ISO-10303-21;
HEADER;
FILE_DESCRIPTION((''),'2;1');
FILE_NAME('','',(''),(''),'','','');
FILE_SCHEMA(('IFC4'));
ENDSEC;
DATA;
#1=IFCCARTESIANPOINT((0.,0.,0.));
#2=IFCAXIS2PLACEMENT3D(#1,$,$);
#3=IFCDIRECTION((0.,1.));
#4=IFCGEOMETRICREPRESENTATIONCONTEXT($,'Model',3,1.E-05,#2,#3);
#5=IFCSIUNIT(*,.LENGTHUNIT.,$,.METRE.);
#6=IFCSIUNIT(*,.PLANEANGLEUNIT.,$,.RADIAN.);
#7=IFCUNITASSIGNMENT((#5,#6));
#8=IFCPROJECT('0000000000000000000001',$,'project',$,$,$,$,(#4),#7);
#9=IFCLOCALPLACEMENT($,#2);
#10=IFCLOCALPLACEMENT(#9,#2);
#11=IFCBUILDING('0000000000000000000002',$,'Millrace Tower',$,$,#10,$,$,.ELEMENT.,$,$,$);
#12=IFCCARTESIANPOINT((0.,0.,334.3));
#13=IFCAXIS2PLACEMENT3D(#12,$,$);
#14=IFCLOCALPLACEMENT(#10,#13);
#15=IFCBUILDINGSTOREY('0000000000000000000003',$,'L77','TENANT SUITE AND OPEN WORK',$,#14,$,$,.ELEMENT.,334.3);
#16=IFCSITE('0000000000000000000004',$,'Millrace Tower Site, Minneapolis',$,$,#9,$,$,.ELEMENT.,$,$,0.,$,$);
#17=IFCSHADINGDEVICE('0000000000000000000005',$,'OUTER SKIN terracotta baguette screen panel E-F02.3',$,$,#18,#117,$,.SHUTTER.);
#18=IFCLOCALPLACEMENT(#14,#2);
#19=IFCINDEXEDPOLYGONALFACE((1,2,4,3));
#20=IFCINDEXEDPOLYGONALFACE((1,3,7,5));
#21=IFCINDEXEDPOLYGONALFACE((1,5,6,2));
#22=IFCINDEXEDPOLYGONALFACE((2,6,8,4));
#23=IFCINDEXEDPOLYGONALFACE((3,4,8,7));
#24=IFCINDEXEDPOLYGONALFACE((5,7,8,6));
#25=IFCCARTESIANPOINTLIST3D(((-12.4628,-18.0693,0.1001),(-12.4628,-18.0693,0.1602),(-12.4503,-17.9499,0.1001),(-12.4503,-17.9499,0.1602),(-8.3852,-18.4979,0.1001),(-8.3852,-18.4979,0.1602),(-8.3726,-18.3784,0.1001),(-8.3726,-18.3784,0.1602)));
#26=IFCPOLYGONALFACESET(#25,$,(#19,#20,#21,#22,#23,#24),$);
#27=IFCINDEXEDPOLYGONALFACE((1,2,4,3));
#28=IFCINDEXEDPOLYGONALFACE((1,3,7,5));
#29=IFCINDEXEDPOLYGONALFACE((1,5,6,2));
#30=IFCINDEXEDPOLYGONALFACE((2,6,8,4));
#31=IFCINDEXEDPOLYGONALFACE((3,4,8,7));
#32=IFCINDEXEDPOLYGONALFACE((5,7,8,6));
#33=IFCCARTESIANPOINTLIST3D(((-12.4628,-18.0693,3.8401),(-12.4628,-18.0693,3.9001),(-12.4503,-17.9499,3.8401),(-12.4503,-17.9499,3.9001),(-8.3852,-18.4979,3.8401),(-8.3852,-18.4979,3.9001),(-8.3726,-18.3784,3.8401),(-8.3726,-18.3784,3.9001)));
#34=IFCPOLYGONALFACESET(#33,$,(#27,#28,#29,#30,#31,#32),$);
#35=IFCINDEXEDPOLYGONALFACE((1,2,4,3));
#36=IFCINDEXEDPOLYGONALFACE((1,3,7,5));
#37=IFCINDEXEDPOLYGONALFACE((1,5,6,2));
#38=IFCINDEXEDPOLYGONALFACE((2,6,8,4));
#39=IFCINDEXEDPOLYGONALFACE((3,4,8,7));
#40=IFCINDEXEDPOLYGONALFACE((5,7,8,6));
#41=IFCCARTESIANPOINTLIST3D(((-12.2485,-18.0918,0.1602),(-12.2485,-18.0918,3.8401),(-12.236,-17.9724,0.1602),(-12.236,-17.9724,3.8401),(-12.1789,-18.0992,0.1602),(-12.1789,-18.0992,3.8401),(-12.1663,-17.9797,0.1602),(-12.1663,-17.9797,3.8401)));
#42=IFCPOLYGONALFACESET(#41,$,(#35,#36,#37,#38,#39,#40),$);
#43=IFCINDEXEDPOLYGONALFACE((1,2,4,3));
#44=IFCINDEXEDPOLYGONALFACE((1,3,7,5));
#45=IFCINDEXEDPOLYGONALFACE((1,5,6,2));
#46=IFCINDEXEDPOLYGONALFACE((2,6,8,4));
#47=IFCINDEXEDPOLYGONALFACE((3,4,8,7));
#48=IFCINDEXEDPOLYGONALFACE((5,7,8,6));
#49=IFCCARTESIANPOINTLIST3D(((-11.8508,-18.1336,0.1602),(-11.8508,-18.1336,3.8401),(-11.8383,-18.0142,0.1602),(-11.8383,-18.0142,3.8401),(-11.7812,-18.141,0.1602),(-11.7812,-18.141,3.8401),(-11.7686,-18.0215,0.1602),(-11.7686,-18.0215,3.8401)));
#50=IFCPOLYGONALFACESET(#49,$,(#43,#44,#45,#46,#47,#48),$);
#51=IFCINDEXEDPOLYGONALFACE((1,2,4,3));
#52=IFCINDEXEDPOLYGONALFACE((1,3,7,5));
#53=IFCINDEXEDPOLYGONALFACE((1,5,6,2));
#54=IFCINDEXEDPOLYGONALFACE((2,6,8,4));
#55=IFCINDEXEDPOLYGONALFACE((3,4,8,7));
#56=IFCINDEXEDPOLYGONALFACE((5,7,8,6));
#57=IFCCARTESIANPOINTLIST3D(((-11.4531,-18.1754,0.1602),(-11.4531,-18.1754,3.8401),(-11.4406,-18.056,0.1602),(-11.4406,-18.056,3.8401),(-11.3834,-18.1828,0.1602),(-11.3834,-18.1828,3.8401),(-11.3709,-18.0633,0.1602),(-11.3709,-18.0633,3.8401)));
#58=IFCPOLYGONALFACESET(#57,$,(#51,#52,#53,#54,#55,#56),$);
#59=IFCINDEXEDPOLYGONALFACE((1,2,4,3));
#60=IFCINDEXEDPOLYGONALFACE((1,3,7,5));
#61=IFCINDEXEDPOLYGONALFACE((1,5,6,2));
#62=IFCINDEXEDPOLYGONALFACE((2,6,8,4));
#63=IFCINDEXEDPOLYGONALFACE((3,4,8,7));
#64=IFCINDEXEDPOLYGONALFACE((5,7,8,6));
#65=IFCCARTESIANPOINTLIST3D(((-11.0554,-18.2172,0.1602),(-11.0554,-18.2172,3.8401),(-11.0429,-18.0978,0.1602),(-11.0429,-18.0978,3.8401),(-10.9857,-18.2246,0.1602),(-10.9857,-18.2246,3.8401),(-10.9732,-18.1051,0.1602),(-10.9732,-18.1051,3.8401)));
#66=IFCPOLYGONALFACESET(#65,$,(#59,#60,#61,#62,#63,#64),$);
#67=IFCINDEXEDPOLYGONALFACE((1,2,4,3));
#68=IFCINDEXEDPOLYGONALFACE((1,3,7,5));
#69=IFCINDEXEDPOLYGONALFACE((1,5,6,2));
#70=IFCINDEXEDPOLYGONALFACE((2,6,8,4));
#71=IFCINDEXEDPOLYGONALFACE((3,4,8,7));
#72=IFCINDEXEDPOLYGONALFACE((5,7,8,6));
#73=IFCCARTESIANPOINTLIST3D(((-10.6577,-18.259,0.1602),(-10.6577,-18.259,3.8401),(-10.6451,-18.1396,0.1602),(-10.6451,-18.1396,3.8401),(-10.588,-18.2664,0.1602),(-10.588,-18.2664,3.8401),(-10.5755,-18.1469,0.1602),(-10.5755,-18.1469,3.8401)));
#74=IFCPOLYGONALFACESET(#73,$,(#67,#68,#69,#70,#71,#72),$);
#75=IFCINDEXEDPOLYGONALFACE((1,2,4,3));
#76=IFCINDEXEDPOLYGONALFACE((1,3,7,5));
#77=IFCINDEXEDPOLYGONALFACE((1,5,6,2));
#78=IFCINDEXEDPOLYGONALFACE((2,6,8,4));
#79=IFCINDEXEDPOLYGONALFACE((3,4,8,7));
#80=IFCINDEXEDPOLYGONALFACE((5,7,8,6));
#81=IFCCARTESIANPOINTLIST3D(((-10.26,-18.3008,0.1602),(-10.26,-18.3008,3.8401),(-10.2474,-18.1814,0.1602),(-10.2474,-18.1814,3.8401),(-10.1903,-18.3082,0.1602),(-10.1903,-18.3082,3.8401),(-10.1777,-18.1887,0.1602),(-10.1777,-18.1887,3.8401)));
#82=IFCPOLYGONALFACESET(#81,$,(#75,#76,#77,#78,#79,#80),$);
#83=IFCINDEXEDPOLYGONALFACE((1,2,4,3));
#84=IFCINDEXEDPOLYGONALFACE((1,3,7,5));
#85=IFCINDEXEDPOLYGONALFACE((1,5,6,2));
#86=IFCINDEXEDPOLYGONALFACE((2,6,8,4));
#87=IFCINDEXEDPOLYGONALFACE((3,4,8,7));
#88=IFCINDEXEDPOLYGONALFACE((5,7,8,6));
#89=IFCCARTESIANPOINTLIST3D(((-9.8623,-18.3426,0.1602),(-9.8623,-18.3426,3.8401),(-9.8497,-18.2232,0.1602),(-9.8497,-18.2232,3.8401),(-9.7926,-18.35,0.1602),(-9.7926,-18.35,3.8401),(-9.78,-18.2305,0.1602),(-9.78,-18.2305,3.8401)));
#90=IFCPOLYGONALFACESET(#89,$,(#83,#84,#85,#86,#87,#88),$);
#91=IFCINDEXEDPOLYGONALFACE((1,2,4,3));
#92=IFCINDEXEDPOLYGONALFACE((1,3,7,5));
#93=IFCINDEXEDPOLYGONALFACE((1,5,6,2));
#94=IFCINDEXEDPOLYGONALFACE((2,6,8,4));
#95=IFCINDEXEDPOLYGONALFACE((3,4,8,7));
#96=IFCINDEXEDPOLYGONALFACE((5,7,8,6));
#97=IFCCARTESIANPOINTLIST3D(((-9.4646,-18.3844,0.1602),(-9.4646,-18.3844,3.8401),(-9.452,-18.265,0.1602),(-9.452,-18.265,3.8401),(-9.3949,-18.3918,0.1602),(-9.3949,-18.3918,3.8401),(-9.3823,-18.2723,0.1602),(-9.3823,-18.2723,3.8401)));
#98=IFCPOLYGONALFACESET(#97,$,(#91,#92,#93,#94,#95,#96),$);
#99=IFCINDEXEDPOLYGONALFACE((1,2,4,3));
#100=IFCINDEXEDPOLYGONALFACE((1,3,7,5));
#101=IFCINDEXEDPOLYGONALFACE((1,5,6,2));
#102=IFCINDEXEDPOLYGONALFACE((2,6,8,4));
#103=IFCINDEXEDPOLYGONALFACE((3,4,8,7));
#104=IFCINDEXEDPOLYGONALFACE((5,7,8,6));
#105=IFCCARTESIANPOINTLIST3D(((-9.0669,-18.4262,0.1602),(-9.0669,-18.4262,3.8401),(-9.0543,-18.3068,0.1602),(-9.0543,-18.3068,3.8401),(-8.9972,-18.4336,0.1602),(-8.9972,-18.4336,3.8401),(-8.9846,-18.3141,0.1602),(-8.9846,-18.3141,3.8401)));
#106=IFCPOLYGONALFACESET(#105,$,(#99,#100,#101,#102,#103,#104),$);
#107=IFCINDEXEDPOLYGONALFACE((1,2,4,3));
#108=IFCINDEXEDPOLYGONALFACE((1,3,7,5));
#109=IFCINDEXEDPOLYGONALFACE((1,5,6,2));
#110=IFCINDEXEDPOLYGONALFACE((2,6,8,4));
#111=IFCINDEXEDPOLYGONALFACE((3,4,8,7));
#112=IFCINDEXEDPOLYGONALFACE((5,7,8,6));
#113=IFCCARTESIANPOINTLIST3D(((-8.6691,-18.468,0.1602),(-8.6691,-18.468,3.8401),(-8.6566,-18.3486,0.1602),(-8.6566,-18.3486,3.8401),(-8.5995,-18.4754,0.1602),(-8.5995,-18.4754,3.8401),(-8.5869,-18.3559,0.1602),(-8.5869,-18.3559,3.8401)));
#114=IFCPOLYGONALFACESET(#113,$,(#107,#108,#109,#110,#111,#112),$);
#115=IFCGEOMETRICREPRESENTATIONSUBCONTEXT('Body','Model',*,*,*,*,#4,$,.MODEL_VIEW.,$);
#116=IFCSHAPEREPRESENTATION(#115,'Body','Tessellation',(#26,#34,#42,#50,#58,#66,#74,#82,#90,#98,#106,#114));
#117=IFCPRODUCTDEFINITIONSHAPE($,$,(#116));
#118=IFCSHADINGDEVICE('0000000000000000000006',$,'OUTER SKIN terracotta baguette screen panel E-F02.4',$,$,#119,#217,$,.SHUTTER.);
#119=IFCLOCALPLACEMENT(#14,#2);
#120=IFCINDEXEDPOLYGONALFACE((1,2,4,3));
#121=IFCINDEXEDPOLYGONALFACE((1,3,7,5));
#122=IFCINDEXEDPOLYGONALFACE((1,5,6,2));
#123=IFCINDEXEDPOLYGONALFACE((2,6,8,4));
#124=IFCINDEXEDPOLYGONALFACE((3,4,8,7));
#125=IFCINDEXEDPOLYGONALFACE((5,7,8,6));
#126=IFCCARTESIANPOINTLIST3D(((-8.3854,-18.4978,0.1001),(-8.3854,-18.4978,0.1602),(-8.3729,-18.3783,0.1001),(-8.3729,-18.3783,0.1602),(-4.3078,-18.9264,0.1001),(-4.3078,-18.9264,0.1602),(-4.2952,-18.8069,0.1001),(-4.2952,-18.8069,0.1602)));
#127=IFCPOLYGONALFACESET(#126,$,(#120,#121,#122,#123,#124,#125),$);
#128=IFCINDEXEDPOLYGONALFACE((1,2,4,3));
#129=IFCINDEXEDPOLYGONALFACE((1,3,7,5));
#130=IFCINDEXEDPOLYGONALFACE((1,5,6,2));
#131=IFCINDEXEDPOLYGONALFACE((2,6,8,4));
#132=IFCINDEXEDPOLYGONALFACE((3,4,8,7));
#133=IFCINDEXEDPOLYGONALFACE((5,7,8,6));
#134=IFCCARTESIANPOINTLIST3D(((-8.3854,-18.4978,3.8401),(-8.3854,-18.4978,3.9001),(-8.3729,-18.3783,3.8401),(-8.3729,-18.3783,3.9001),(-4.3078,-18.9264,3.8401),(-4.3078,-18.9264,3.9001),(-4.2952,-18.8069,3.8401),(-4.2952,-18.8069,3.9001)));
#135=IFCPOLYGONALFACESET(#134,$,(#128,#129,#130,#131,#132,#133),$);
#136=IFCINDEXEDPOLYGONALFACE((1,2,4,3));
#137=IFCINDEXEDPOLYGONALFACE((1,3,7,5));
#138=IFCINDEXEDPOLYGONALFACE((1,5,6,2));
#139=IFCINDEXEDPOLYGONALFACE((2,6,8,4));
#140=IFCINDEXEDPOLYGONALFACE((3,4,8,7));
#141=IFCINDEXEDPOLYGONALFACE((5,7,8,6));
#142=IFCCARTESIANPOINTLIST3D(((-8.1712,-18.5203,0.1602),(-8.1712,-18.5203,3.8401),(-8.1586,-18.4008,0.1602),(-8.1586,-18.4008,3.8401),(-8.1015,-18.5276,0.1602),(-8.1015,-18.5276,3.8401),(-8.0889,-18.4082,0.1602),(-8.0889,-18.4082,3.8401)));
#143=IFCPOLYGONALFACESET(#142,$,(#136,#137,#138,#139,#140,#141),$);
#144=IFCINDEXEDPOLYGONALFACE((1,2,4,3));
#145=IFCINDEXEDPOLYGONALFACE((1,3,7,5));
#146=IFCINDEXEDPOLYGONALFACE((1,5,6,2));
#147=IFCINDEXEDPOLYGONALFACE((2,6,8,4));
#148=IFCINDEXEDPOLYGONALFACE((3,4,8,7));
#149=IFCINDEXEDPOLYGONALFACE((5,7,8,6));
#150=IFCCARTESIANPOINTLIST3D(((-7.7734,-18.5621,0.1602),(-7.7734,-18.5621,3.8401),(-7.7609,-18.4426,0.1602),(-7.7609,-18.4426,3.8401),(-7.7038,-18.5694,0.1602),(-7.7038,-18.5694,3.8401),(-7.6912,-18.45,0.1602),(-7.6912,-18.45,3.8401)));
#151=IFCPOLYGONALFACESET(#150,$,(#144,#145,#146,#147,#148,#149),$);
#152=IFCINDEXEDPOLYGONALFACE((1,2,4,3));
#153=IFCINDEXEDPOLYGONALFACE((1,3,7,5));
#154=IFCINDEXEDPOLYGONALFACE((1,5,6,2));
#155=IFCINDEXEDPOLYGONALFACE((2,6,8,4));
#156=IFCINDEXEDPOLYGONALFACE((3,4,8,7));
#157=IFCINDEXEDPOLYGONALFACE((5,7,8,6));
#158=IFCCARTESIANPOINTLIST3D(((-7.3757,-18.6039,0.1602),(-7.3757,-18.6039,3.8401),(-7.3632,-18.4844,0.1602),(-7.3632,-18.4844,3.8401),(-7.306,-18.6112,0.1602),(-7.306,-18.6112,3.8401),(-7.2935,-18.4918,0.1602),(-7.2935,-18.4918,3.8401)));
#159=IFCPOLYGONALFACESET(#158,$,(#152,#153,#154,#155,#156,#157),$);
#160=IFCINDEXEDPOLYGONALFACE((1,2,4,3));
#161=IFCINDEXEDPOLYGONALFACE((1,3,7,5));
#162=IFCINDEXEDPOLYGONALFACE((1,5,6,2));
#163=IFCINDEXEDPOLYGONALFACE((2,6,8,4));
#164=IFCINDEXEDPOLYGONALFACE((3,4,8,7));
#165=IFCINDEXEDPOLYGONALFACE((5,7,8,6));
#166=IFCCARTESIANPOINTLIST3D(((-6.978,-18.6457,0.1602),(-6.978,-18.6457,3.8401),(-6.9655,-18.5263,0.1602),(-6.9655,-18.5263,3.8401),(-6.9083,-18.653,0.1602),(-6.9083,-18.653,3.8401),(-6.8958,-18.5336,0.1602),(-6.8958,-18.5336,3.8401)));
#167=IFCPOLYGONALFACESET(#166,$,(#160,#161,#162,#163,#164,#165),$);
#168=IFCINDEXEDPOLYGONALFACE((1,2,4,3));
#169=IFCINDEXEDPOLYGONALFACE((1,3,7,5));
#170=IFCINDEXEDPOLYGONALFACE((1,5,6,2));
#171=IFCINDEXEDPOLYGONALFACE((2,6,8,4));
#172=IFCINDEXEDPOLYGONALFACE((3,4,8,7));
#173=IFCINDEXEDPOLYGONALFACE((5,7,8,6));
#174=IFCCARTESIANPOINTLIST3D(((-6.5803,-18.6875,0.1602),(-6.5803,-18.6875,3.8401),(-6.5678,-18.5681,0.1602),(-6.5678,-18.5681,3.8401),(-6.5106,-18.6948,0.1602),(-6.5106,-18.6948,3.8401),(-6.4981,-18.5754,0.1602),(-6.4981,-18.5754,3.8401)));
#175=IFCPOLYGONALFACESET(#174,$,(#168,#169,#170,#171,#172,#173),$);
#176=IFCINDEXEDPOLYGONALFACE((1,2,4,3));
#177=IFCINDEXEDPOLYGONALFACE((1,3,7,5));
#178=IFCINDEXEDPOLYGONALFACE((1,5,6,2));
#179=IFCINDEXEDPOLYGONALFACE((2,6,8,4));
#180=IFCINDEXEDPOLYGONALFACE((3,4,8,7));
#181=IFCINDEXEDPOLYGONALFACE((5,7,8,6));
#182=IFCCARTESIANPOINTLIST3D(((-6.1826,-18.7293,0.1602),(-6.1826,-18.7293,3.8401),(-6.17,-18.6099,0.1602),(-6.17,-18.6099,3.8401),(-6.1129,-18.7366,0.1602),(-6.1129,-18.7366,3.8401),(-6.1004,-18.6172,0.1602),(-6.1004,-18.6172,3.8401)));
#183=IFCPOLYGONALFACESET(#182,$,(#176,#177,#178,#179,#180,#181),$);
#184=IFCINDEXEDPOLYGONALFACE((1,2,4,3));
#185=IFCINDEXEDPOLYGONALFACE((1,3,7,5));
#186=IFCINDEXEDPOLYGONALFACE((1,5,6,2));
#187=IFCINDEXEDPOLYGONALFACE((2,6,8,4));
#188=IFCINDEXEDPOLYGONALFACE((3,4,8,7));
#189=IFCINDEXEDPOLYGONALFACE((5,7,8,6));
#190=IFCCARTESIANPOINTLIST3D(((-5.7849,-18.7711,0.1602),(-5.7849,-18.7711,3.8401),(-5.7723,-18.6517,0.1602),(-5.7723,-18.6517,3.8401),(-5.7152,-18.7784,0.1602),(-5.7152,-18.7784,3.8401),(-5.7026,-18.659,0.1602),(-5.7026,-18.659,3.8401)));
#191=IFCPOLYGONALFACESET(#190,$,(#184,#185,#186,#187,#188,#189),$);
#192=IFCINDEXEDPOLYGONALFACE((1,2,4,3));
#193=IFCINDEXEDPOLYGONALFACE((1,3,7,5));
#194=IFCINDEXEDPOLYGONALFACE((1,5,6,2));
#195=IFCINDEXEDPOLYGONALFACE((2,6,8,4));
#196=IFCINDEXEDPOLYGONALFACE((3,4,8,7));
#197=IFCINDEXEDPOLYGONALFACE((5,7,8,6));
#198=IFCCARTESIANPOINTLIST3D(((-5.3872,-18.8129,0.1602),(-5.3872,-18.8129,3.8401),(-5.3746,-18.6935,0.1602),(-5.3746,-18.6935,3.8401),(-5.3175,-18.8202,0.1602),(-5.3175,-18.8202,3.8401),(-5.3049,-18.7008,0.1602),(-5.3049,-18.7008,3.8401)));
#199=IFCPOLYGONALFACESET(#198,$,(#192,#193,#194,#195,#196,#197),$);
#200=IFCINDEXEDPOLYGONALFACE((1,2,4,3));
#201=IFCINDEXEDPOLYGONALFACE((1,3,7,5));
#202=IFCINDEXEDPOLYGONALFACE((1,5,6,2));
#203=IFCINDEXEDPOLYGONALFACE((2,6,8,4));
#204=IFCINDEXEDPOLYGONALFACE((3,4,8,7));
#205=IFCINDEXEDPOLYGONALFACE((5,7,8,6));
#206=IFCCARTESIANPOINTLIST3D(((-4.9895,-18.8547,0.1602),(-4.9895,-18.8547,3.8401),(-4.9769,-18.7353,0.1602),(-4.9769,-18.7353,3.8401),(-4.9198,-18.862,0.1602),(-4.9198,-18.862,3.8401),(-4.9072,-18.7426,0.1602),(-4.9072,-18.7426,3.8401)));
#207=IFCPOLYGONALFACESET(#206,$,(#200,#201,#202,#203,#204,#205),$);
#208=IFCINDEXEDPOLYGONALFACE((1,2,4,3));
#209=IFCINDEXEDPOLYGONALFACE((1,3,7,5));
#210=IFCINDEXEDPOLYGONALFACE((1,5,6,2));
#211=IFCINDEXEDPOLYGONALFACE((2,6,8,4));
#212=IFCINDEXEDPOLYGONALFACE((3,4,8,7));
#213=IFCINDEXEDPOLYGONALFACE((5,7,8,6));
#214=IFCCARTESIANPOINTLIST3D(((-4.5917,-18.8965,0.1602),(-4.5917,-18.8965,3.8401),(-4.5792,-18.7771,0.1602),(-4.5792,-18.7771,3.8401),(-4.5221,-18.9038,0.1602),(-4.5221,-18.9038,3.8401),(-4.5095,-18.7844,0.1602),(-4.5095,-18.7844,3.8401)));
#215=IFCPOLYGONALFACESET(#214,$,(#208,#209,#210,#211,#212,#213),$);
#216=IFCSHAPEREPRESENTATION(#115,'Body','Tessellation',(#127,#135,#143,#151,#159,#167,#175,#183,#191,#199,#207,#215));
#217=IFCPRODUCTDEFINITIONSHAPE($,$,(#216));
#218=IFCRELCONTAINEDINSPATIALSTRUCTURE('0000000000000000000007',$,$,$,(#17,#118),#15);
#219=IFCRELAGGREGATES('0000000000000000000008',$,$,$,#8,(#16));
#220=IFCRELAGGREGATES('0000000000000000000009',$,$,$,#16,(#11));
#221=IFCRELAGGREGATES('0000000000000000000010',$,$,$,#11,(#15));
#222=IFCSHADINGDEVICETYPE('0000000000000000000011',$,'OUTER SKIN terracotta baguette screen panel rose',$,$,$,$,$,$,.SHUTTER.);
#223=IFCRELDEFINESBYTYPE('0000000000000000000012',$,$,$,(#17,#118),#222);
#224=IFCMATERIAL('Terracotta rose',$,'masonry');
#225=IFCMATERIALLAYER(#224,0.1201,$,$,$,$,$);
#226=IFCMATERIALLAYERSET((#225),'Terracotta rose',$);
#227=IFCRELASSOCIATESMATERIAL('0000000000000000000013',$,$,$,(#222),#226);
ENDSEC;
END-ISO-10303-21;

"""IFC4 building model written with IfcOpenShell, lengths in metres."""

from ifc_helpers import new_model, entity, si_unit, direction, frame, frame_2d, origin, place, context, subcontext, project, spatial, rectangle, extrude, source, transform, mapped, material, layer, layer_set, type_object, element, save


model = new_model("IFC4")

# Units and contexts
model_context = context("Model", 3, precision=1e-05, world=origin(), true_north=direction((0.0, 1.0)))
body_context = subcontext(model_context, "Body", "Model", "MODEL_VIEW")
ifc_project = project(units=[si_unit("LENGTHUNIT", "METRE"), si_unit("PLANEANGLEUNIT", "RADIAN")], contexts=[model_context])

# Site, building, storey
site_placement = place(None, origin())
site = spatial("IfcSite", under=ifc_project, at=site_placement, Name="Millrace Tower Site, Minneapolis", CompositionType="ELEMENT", RefElevation=0.0)
building_placement = place(site_placement, origin())
building = spatial("IfcBuilding", under=site, at=building_placement, Name="Millrace Tower", CompositionType="ELEMENT")
storey_placement = place(building_placement, frame((0.0, 0.0, 334.3)))
storey = spatial("IfcBuildingStorey", under=building, at=storey_placement, Name="L77", Description="TENANT SUITE AND OPEN WORK", CompositionType="ELEMENT", Elevation=334.3)

# Shading devices
ifc_material_1 = material(Name="Terracotta rose", Category="masonry")
ifc_layer_1 = layer(ifc_material_1, 0.1201)
ifc_layer_set_1 = layer_set([ifc_layer_1], Name="Terracotta rose")
shading_device_type = type_object("IfcShadingDeviceType", Name="OUTER SKIN terracotta baguette screen panel rose", PredefinedType="SHUTTER", material=ifc_layer_set_1)
cartesian_point = entity("IfcCartesianPoint", [-2.05, 0.0601])
shared_polyline = entity("IfcPolyline", [cartesian_point, entity("IfcCartesianPoint", [2.05, 0.0601]), entity("IfcCartesianPoint", [2.05, -0.0601]), entity("IfcCartesianPoint", [-2.05, -0.0601]), cartesian_point])
shared_shape = source(origin(), body_context, "Body", "SweptSolid", [
    entity("IfcExtrudedAreaSolid", entity("IfcArbitraryClosedProfileDef", "AREA", None, shared_polyline), entity("IfcAxis2Placement3D", entity("IfcCartesianPoint", [0.0, 0.0, 0.0])), entity("IfcDirection", [0.0, 0.0, 1.0]), 0.0601),
    entity("IfcExtrudedAreaSolid", entity("IfcArbitraryClosedProfileDef", "AREA", None, shared_polyline), entity("IfcAxis2Placement3D", entity("IfcCartesianPoint", [0.0, 0.0, 3.74])), entity("IfcDirection", [0.0, 0.0, 1.0]), 0.0601),
    extrude(rectangle(XDim=0.0701, YDim=0.1201, at=frame_2d((-1.7996, 0.0))), frame((0.0, 0.0, 0.0601)), (0.0, 0.0, 1.0), 3.6799),
    extrude(rectangle(XDim=0.0701, YDim=0.1201, at=frame_2d((-1.3997, 0.0))), frame((0.0, 0.0, 0.0601)), (0.0, 0.0, 1.0), 3.6799),
    extrude(rectangle(XDim=0.0701, YDim=0.1201, at=frame_2d((-0.9998, 0.0))), frame((0.0, 0.0, 0.0601)), (0.0, 0.0, 1.0), 3.6799),
    extrude(rectangle(XDim=0.0701, YDim=0.1201, at=frame_2d((-0.5999, 0.0))), frame((0.0, 0.0, 0.0601)), (0.0, 0.0, 1.0), 3.6799),
    extrude(rectangle(XDim=0.0701, YDim=0.1201, at=frame_2d((-0.2, 0.0))), frame((0.0, 0.0, 0.0601)), (0.0, 0.0, 1.0), 3.6799),
    extrude(rectangle(XDim=0.0701, YDim=0.1201, at=frame_2d((0.2, 0.0))), frame((0.0, 0.0, 0.0601)), (0.0, 0.0, 1.0), 3.6799),
    extrude(rectangle(XDim=0.0701, YDim=0.1201, at=frame_2d((0.5999, 0.0))), frame((0.0, 0.0, 0.0601)), (0.0, 0.0, 1.0), 3.6799),
    extrude(rectangle(XDim=0.0701, YDim=0.1201, at=frame_2d((0.9998, 0.0))), frame((0.0, 0.0, 0.0601)), (0.0, 0.0, 1.0), 3.6799),
    extrude(rectangle(XDim=0.0701, YDim=0.1201, at=frame_2d((1.3997, 0.0))), frame((0.0, 0.0, 0.0601)), (0.0, 0.0, 1.0), 3.6799),
    extrude(rectangle(XDim=0.0701, YDim=0.1201, at=frame_2d((1.7996, 0.0))), frame((0.0, 0.0, 0.0601)), (0.0, 0.0, 1.0), 3.6799),
])
for number, where, z_axis, x_axis, name in (
    (1, (-10.4177, -18.2239, 0.1001), (0.0, 0.0, 1.0), (0.994522, -0.104528, 0.0), "OUTER SKIN terracotta baguette screen panel E-F02.3"),
    (2, (-6.3403, -18.6523, 0.1001), (0.0, 0.0, 1.0), (0.994522, -0.104528, 0.0), "OUTER SKIN terracotta baguette screen panel E-F02.4"),
):
    element("IfcShadingDevice", number, at=place(storey_placement, frame(where, z_axis=z_axis, x_axis=x_axis)), inside=storey, type_object=shading_device_type, Name=name, PredefinedType="SHUTTER", context=body_context, shape_type="MappedRepresentation", body=[
        mapped(shared_shape, transform((0.0, 0.0, 0.0), scale=1.0)),
    ])

save(model, "model.ifc")
